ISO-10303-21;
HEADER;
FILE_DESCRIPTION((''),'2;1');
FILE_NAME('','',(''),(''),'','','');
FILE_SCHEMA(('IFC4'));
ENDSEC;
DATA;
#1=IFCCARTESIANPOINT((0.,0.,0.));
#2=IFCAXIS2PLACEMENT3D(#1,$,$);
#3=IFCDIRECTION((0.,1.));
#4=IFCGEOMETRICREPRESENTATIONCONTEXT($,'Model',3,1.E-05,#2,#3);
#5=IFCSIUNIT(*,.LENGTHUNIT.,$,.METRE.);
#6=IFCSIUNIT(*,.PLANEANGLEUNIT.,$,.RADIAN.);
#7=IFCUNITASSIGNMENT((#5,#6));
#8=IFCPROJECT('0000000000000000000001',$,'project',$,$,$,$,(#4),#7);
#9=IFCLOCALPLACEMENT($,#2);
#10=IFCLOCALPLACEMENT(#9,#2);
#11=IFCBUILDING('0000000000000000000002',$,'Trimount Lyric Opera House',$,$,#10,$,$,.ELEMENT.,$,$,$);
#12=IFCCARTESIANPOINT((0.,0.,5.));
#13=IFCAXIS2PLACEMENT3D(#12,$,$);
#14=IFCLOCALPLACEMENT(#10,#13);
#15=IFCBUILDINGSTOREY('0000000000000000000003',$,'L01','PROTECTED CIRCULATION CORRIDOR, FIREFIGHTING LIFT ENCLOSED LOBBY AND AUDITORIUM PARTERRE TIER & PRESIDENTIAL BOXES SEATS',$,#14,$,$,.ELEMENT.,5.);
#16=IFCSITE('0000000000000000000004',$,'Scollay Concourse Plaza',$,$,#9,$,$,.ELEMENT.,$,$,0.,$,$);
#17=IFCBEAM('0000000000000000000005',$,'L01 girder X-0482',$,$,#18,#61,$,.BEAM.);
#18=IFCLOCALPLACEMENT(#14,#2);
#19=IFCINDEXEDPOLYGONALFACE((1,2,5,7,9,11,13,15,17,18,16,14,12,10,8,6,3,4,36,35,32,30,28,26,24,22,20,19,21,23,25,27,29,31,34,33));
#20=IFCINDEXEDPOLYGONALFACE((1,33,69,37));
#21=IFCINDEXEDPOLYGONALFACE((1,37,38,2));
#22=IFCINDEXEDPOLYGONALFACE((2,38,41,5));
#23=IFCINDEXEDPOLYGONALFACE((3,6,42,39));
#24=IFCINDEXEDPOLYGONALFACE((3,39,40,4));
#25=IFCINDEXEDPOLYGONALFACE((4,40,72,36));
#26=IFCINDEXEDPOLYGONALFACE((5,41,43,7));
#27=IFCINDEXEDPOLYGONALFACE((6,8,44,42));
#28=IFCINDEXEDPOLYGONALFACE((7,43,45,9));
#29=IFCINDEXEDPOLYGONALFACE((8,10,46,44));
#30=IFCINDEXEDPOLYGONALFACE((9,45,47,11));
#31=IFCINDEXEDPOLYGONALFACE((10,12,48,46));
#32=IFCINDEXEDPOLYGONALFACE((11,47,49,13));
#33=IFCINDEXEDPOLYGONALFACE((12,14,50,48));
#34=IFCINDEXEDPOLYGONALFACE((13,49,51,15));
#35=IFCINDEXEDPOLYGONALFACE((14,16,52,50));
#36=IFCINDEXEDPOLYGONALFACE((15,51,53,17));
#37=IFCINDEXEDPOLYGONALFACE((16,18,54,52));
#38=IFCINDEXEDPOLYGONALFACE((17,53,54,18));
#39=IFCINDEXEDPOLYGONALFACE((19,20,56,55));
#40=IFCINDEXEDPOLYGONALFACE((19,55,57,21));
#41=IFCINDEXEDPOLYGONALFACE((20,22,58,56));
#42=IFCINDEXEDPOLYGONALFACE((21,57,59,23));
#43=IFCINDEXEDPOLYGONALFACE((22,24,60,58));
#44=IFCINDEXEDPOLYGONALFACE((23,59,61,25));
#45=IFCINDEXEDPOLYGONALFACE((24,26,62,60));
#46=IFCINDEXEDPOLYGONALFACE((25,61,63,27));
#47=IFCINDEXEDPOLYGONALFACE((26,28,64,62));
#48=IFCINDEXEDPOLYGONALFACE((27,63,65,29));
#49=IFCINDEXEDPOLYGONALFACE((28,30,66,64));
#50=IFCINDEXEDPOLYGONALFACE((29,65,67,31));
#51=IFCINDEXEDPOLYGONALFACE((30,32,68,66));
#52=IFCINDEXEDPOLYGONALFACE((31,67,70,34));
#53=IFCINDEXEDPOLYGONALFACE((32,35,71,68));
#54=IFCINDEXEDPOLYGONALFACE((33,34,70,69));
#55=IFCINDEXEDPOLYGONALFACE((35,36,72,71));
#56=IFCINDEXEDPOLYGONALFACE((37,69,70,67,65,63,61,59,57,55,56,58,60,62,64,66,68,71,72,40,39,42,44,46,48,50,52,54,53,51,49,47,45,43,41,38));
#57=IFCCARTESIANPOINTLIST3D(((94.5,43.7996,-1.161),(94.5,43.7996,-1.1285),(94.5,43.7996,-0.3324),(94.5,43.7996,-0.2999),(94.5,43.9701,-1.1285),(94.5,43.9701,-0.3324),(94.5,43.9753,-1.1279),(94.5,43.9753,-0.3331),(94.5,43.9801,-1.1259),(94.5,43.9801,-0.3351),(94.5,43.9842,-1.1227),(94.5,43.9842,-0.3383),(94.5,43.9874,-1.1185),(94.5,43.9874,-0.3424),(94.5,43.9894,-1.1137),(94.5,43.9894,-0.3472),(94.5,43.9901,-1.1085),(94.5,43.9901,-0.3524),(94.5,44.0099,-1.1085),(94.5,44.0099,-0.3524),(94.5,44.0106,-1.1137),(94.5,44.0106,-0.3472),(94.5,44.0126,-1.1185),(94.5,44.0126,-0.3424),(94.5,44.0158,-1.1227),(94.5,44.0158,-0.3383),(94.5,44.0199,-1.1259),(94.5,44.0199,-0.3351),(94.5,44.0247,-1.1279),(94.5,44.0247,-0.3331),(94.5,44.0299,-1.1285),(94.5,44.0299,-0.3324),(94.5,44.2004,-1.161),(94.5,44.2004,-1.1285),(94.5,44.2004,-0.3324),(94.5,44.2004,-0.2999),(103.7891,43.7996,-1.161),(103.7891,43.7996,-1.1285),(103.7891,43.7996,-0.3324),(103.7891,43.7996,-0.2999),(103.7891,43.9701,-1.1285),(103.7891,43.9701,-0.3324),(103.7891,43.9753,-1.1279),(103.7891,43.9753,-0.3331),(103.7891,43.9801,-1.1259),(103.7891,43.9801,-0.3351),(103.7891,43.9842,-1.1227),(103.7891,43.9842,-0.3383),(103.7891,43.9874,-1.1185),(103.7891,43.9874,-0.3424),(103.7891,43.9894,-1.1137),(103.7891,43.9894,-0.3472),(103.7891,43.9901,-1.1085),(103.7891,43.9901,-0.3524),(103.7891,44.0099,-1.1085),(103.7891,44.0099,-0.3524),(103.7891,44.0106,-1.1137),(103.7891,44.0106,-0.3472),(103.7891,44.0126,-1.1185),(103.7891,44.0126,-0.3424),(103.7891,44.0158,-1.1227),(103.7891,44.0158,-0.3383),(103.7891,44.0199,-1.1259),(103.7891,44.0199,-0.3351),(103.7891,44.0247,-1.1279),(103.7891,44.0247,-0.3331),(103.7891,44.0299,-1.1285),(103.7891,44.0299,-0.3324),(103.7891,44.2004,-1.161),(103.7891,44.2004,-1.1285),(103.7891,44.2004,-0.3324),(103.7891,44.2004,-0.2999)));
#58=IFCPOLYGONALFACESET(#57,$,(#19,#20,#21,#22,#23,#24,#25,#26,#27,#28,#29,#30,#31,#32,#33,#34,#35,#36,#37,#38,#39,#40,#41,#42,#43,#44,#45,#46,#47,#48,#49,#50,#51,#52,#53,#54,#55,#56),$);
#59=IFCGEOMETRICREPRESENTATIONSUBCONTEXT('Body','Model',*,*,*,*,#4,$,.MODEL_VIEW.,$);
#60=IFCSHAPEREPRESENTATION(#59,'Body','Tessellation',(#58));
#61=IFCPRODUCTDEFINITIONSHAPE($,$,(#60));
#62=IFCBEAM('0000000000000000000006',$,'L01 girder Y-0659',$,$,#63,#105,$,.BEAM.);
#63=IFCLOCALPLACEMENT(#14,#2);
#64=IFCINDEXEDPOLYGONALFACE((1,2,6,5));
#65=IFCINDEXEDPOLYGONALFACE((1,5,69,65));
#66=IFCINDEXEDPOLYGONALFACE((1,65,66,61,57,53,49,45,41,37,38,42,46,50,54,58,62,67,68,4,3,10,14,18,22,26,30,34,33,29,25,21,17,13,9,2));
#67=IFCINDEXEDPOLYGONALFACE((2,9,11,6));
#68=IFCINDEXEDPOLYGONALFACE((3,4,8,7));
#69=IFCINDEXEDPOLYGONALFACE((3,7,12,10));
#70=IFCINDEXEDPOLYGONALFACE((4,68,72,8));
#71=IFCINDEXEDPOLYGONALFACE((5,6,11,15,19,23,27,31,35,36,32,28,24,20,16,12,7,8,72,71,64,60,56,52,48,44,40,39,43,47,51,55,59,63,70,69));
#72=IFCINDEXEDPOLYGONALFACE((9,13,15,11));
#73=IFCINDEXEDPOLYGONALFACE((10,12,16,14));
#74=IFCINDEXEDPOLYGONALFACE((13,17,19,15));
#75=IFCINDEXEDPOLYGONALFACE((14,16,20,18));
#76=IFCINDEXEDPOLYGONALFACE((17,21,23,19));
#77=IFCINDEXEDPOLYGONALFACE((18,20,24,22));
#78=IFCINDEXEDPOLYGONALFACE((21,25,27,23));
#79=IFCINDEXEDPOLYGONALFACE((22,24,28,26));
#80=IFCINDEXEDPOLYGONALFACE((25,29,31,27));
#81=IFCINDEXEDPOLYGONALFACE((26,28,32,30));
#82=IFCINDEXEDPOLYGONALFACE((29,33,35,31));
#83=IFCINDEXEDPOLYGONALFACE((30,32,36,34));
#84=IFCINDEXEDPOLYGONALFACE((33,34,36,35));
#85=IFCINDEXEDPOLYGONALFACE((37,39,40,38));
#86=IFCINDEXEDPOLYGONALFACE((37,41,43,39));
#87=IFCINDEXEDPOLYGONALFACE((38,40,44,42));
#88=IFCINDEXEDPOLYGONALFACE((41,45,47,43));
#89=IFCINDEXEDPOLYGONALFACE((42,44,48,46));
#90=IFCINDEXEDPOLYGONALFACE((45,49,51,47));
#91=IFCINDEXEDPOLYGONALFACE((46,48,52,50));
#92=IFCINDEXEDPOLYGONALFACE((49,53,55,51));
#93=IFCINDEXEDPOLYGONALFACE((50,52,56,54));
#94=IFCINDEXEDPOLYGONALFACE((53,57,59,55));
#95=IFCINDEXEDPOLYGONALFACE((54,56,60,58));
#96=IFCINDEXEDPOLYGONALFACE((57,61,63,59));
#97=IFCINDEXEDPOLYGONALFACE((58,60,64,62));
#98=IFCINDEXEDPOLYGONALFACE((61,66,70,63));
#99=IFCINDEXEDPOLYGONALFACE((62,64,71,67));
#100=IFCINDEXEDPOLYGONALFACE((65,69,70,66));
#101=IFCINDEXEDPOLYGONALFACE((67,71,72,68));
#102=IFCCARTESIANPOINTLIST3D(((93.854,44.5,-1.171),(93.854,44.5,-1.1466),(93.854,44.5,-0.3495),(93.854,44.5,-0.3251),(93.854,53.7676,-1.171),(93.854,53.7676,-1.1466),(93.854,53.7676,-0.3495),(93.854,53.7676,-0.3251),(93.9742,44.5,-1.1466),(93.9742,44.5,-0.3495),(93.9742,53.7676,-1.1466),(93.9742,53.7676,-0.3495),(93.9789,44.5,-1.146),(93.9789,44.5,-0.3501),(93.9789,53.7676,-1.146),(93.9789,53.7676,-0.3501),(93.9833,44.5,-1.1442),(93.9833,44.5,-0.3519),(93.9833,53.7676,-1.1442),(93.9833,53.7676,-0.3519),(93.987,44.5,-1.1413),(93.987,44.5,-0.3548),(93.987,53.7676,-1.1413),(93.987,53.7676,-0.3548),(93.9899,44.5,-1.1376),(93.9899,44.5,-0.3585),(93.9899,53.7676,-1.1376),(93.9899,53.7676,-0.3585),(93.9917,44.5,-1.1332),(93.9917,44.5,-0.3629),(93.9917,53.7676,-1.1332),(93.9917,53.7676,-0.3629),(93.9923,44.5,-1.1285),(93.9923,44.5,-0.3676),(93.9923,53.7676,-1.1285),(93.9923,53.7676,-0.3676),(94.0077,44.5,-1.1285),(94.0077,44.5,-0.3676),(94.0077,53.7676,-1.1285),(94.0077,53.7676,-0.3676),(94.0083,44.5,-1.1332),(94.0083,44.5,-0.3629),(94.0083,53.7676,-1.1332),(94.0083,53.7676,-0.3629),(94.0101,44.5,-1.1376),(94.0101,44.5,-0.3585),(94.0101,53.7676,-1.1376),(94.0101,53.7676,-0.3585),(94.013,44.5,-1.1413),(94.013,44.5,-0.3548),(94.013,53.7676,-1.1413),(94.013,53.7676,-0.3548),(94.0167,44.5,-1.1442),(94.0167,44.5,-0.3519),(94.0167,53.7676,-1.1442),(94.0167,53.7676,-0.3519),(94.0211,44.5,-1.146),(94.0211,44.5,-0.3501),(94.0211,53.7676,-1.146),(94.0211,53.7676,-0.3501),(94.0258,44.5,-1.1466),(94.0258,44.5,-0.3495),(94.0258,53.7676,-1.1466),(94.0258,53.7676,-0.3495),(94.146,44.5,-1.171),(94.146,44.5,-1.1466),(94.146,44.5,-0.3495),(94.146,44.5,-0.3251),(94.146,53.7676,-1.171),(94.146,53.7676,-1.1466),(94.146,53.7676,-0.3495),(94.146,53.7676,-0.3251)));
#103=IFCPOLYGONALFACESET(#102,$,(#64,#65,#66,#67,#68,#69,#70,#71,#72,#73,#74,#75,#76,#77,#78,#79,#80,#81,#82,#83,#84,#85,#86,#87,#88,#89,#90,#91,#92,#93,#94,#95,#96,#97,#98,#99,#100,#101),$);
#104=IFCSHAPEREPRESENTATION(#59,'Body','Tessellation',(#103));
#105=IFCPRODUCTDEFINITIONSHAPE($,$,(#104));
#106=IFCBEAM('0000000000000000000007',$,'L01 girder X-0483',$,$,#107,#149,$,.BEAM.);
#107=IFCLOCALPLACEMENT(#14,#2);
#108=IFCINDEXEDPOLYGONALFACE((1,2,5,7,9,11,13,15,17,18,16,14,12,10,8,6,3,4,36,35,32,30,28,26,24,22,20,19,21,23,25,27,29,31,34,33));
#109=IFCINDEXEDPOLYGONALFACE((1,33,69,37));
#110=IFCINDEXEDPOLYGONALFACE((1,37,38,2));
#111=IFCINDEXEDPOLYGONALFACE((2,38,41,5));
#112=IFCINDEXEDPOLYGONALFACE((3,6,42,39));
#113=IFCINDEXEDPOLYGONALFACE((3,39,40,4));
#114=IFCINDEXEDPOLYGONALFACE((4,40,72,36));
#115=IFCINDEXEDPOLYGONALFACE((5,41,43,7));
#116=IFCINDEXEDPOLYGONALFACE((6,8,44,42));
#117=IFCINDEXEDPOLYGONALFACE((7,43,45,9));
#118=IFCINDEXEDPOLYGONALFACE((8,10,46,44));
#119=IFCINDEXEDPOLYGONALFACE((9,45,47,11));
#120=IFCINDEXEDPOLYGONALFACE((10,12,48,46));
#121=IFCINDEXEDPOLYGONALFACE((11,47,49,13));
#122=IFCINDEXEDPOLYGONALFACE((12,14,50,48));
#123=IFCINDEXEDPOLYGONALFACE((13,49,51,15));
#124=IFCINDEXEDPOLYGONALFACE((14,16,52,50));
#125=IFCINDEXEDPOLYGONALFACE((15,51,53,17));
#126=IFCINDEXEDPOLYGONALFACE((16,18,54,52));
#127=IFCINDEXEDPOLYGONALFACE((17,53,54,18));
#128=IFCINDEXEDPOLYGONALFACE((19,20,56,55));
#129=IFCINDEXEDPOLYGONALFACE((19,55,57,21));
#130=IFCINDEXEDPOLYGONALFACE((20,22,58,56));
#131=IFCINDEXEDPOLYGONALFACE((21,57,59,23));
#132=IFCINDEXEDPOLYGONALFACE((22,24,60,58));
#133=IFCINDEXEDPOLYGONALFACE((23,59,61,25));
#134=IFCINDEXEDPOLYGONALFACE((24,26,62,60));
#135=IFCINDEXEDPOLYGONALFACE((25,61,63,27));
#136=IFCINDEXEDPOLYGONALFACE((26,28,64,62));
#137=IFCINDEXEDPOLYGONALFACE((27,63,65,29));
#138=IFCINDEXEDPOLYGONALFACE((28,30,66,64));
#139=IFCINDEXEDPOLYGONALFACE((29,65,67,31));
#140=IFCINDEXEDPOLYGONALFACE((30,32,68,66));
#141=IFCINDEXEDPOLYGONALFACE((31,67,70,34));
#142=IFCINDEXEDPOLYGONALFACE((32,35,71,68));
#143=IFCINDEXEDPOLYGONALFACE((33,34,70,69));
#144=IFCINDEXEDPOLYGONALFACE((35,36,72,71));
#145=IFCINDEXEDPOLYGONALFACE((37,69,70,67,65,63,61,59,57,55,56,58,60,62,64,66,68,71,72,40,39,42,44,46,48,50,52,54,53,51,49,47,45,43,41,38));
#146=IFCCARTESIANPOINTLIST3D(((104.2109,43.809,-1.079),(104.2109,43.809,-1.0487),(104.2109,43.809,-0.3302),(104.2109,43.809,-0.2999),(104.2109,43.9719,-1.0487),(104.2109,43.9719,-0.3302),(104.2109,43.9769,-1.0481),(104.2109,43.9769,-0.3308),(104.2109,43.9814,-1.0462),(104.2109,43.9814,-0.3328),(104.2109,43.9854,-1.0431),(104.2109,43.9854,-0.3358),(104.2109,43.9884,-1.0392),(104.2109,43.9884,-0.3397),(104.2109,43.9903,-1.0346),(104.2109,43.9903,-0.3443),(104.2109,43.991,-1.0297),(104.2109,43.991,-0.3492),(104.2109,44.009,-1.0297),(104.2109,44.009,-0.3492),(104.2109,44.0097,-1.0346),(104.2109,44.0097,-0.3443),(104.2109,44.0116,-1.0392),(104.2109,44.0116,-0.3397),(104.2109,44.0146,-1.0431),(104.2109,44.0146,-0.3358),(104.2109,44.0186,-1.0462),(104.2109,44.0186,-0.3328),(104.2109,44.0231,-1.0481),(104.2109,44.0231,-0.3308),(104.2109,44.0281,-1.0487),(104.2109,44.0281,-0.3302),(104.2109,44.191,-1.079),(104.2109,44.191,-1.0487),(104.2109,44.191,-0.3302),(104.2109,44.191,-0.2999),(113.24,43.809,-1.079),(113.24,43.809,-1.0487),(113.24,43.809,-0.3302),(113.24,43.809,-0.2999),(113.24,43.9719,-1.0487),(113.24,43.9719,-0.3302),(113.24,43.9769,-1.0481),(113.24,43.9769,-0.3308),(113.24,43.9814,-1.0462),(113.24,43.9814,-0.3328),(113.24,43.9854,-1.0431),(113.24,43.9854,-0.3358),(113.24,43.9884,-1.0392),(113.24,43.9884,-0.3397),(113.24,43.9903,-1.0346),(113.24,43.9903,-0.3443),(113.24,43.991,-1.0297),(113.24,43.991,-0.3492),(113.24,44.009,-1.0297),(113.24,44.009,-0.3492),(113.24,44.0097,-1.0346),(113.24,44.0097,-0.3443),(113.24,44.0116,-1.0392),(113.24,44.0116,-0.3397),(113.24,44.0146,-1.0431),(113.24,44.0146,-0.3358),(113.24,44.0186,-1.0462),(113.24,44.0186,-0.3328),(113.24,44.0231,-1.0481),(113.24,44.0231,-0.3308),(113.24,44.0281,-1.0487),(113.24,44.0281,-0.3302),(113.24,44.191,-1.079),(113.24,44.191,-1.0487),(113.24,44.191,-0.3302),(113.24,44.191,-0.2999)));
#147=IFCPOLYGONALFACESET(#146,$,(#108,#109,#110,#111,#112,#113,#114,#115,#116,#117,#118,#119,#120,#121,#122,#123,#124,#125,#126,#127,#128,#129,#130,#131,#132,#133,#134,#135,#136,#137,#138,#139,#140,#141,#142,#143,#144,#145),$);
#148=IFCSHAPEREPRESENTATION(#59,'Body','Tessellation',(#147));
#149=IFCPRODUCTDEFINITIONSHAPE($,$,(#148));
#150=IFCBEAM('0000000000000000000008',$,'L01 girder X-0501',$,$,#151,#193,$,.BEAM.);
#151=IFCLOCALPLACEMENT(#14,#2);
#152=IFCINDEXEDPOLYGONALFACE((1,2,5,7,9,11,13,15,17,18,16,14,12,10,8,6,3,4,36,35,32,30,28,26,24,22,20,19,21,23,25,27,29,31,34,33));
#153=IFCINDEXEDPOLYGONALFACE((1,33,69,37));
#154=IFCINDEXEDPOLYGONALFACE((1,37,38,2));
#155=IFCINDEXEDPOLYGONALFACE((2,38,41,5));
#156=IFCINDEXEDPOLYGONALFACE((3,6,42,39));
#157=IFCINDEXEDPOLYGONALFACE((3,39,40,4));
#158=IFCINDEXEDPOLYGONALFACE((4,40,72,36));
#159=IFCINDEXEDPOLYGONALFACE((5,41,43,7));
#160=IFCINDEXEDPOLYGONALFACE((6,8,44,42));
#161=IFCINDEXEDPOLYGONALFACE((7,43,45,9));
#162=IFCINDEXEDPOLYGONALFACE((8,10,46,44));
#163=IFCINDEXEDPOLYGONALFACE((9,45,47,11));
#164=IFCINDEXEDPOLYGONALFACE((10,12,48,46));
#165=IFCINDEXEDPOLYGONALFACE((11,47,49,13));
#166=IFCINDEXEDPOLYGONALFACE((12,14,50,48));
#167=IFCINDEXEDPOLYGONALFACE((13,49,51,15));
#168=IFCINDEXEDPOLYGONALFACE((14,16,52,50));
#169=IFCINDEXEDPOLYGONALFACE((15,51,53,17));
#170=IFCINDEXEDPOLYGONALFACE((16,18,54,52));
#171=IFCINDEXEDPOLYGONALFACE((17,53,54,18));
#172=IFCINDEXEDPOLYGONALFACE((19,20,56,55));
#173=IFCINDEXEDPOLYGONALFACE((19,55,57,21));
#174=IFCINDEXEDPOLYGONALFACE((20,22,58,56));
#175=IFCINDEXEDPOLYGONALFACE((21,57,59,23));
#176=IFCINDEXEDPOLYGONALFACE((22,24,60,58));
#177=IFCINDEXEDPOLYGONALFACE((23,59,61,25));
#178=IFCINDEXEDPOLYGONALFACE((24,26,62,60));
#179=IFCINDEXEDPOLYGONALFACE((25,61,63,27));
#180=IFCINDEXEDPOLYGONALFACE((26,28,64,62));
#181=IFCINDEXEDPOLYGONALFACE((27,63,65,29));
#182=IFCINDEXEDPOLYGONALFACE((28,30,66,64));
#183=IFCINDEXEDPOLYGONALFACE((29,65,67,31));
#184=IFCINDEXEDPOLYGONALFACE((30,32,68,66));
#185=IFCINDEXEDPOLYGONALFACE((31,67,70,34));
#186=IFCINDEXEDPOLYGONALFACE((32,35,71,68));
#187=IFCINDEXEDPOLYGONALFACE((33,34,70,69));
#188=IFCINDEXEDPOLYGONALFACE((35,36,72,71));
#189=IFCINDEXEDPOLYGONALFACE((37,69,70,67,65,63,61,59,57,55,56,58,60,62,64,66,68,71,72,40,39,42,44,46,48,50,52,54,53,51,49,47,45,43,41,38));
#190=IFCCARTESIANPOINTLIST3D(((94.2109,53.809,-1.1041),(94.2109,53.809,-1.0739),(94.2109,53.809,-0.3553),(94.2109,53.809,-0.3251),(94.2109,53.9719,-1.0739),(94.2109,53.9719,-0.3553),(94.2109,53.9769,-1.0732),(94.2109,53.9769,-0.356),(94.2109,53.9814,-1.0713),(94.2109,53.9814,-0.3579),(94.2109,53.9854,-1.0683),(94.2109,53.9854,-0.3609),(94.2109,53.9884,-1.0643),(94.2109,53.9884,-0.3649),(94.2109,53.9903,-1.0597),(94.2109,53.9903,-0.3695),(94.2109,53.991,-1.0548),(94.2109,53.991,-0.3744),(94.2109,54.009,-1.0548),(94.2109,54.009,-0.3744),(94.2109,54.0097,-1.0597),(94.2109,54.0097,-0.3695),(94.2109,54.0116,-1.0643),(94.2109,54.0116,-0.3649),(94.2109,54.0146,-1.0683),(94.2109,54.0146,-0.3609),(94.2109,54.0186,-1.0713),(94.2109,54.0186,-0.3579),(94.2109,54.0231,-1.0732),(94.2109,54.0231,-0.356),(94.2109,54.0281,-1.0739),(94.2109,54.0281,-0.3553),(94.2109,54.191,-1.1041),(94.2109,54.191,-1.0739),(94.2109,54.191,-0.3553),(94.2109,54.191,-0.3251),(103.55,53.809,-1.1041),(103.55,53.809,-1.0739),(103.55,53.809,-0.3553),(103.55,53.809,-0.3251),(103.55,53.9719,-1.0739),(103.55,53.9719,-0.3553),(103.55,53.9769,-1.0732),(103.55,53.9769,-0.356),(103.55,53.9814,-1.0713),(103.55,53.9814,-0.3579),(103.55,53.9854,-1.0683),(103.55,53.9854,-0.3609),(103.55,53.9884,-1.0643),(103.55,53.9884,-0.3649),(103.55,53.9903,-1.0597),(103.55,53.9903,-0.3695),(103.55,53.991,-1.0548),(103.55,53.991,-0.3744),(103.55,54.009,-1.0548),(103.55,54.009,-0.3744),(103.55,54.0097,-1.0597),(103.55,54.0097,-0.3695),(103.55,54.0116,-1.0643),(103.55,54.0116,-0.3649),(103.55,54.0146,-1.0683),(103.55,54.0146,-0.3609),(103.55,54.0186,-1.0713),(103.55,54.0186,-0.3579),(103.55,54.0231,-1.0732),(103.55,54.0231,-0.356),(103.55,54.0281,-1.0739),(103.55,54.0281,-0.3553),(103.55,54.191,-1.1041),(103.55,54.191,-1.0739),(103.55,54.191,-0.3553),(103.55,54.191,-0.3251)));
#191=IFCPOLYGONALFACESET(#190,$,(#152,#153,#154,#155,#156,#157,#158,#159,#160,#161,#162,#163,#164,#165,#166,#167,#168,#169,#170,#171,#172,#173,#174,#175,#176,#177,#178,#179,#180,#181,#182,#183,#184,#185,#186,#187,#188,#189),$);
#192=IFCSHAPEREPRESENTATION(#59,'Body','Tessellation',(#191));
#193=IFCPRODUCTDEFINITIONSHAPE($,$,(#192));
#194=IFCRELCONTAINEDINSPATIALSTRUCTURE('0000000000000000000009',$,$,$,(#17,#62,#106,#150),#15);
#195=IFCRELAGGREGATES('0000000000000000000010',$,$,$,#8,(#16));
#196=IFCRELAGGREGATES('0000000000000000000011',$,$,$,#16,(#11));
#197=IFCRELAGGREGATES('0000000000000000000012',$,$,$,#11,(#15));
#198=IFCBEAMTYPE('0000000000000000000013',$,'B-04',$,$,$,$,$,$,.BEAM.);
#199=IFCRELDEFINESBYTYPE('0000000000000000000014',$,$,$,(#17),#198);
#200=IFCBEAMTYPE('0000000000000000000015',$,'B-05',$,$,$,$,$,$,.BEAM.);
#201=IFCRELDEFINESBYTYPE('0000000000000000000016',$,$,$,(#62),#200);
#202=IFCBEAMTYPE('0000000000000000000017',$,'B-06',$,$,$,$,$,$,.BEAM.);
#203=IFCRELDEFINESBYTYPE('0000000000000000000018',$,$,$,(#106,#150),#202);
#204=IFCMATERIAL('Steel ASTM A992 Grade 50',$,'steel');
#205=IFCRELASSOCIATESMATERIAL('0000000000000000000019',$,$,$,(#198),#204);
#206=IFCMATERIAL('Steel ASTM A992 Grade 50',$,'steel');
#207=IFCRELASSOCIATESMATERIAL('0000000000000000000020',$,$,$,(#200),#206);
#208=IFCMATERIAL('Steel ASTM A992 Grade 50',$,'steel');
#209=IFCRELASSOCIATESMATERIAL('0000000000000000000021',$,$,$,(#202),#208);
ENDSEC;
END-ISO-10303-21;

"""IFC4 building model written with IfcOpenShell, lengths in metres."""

from ifc_helpers import new_model, si_unit, direction, frame, origin, origin_2d, place, context, subcontext, project, spatial, i_section, extrude, material, material_profile, profile_set, type_object, element, save


model = new_model("IFC4")

# Units and contexts
model_context = context("Model", 3, precision=1e-05, world=origin(), true_north=direction((0.0, 1.0)))
body_context = subcontext(model_context, "Body", "Model", "MODEL_VIEW")
ifc_project = project(units=[si_unit("LENGTHUNIT", "METRE"), si_unit("PLANEANGLEUNIT", "RADIAN")], contexts=[model_context])

# Site, building, storey
site_placement = place(None, origin())
site = spatial("IfcSite", under=ifc_project, at=site_placement, Name="Scollay Concourse Plaza", CompositionType="ELEMENT", RefElevation=0.0)
building_placement = place(site_placement, origin())
building = spatial("IfcBuilding", under=site, at=building_placement, Name="Trimount Lyric Opera House", CompositionType="ELEMENT")
storey_placement = place(building_placement, frame((0.0, 0.0, 5.0)))
storey = spatial("IfcBuildingStorey", under=building, at=storey_placement, Name="L01", Description="PROTECTED CIRCULATION CORRIDOR, FIREFIGHTING LIFT ENCLOSED LOBBY AND AUDITORIUM PARTERRE TIER & PRESIDENTIAL BOXES SEATS", CompositionType="ELEMENT", Elevation=5.0)

# Beams
ifc_material_1 = material(Name="Steel ASTM A992 Grade 50", Category="steel")
ifc_material_profile_1 = material_profile(ifc_material_1, i_section(OverallWidth=0.4009, OverallDepth=0.8611, WebThickness=0.0198, FlangeThickness=0.0325, FilletRadius=0.02, at=origin_2d()), Name="W33X221")
ifc_profile_set_1 = profile_set([ifc_material_profile_1], Name="Steel ASTM A992 Grade 50")
beam_type_1 = type_object("IfcBeamType", Name="B-04", PredefinedType="BEAM", material=ifc_profile_set_1)
beam_1_placement = place(storey_placement, frame((94.5, 44.0, -0.7305), z_axis=(1.0, 0.0, 0.0), x_axis=(0.0, 1.0, 0.0)))
element("IfcBeam", 1, at=beam_1_placement, inside=storey, type_object=beam_type_1, Name="L01 girder X-0482", PredefinedType="BEAM", context=body_context, shape_type="SweptSolid", body=[
    extrude(i_section(OverallWidth=0.4009, OverallDepth=0.8611, WebThickness=0.0198, FlangeThickness=0.0325, FilletRadius=0.02, at=origin_2d()), origin(), (0.0, 0.0, 1.0), 9.2891),
])
ifc_material_2 = material(Name="Steel ASTM A992 Grade 50", Category="steel")
ifc_material_profile_2 = material_profile(ifc_material_2, i_section(OverallWidth=0.292, OverallDepth=0.8459, WebThickness=0.0154, FlangeThickness=0.0244, FilletRadius=0.0181, at=origin_2d()), Name="W33X141")
ifc_profile_set_2 = profile_set([ifc_material_profile_2], Name="Steel ASTM A992 Grade 50")
beam_type_2 = type_object("IfcBeamType", Name="B-05", PredefinedType="BEAM", material=ifc_profile_set_2)
beam_2_placement = place(storey_placement, frame((94.0, 44.5, -0.748), z_axis=(0.0, 1.0, 0.0), x_axis=(-1.0, 0.0, 0.0)))
element("IfcBeam", 2, at=beam_2_placement, inside=storey, type_object=beam_type_2, Name="L01 girder Y-0659", PredefinedType="BEAM", context=body_context, shape_type="SweptSolid", body=[
    extrude(i_section(OverallWidth=0.292, OverallDepth=0.8459, WebThickness=0.0154, FlangeThickness=0.0244, FilletRadius=0.0181, at=origin_2d()), origin(), (0.0, 0.0, 1.0), 9.2676),
])
ifc_material_3 = material(Name="Steel ASTM A992 Grade 50", Category="steel")
ifc_material_profile_3 = material_profile(ifc_material_3, i_section(OverallWidth=0.3821, OverallDepth=0.7791, WebThickness=0.0181, FlangeThickness=0.0303, FilletRadius=0.019, at=origin_2d()), Name="W30X191")
ifc_profile_set_3 = profile_set([ifc_material_profile_3], Name="Steel ASTM A992 Grade 50")
beam_type_3 = type_object("IfcBeamType", Name="B-06", PredefinedType="BEAM", material=ifc_profile_set_3)
beam_3_placement = place(storey_placement, frame((104.2109, 44.0, -0.6895), z_axis=(1.0, 0.0, 0.0), x_axis=(0.0, 1.0, 0.0)))
element("IfcBeam", 3, at=beam_3_placement, inside=storey, type_object=beam_type_3, Name="L01 girder X-0483", PredefinedType="BEAM", context=body_context, shape_type="SweptSolid", body=[
    extrude(i_section(OverallWidth=0.3821, OverallDepth=0.7791, WebThickness=0.0181, FlangeThickness=0.0303, FilletRadius=0.019, at=origin_2d()), origin(), (0.0, 0.0, 1.0), 9.0291),
])
beam_4_placement = place(storey_placement, frame((94.2109, 54.0, -0.7146), z_axis=(1.0, 0.0, 0.0), x_axis=(0.0, 1.0, 0.0)))
element("IfcBeam", 4, at=beam_4_placement, inside=storey, type_object=beam_type_3, Name="L01 girder X-0501", PredefinedType="BEAM", context=body_context, shape_type="SweptSolid", body=[
    extrude(i_section(OverallWidth=0.3821, OverallDepth=0.7791, WebThickness=0.0181, FlangeThickness=0.0303, FilletRadius=0.019, at=origin_2d()), origin(), (0.0, 0.0, 1.0), 9.3391),
])

save(model, "model.ifc")
